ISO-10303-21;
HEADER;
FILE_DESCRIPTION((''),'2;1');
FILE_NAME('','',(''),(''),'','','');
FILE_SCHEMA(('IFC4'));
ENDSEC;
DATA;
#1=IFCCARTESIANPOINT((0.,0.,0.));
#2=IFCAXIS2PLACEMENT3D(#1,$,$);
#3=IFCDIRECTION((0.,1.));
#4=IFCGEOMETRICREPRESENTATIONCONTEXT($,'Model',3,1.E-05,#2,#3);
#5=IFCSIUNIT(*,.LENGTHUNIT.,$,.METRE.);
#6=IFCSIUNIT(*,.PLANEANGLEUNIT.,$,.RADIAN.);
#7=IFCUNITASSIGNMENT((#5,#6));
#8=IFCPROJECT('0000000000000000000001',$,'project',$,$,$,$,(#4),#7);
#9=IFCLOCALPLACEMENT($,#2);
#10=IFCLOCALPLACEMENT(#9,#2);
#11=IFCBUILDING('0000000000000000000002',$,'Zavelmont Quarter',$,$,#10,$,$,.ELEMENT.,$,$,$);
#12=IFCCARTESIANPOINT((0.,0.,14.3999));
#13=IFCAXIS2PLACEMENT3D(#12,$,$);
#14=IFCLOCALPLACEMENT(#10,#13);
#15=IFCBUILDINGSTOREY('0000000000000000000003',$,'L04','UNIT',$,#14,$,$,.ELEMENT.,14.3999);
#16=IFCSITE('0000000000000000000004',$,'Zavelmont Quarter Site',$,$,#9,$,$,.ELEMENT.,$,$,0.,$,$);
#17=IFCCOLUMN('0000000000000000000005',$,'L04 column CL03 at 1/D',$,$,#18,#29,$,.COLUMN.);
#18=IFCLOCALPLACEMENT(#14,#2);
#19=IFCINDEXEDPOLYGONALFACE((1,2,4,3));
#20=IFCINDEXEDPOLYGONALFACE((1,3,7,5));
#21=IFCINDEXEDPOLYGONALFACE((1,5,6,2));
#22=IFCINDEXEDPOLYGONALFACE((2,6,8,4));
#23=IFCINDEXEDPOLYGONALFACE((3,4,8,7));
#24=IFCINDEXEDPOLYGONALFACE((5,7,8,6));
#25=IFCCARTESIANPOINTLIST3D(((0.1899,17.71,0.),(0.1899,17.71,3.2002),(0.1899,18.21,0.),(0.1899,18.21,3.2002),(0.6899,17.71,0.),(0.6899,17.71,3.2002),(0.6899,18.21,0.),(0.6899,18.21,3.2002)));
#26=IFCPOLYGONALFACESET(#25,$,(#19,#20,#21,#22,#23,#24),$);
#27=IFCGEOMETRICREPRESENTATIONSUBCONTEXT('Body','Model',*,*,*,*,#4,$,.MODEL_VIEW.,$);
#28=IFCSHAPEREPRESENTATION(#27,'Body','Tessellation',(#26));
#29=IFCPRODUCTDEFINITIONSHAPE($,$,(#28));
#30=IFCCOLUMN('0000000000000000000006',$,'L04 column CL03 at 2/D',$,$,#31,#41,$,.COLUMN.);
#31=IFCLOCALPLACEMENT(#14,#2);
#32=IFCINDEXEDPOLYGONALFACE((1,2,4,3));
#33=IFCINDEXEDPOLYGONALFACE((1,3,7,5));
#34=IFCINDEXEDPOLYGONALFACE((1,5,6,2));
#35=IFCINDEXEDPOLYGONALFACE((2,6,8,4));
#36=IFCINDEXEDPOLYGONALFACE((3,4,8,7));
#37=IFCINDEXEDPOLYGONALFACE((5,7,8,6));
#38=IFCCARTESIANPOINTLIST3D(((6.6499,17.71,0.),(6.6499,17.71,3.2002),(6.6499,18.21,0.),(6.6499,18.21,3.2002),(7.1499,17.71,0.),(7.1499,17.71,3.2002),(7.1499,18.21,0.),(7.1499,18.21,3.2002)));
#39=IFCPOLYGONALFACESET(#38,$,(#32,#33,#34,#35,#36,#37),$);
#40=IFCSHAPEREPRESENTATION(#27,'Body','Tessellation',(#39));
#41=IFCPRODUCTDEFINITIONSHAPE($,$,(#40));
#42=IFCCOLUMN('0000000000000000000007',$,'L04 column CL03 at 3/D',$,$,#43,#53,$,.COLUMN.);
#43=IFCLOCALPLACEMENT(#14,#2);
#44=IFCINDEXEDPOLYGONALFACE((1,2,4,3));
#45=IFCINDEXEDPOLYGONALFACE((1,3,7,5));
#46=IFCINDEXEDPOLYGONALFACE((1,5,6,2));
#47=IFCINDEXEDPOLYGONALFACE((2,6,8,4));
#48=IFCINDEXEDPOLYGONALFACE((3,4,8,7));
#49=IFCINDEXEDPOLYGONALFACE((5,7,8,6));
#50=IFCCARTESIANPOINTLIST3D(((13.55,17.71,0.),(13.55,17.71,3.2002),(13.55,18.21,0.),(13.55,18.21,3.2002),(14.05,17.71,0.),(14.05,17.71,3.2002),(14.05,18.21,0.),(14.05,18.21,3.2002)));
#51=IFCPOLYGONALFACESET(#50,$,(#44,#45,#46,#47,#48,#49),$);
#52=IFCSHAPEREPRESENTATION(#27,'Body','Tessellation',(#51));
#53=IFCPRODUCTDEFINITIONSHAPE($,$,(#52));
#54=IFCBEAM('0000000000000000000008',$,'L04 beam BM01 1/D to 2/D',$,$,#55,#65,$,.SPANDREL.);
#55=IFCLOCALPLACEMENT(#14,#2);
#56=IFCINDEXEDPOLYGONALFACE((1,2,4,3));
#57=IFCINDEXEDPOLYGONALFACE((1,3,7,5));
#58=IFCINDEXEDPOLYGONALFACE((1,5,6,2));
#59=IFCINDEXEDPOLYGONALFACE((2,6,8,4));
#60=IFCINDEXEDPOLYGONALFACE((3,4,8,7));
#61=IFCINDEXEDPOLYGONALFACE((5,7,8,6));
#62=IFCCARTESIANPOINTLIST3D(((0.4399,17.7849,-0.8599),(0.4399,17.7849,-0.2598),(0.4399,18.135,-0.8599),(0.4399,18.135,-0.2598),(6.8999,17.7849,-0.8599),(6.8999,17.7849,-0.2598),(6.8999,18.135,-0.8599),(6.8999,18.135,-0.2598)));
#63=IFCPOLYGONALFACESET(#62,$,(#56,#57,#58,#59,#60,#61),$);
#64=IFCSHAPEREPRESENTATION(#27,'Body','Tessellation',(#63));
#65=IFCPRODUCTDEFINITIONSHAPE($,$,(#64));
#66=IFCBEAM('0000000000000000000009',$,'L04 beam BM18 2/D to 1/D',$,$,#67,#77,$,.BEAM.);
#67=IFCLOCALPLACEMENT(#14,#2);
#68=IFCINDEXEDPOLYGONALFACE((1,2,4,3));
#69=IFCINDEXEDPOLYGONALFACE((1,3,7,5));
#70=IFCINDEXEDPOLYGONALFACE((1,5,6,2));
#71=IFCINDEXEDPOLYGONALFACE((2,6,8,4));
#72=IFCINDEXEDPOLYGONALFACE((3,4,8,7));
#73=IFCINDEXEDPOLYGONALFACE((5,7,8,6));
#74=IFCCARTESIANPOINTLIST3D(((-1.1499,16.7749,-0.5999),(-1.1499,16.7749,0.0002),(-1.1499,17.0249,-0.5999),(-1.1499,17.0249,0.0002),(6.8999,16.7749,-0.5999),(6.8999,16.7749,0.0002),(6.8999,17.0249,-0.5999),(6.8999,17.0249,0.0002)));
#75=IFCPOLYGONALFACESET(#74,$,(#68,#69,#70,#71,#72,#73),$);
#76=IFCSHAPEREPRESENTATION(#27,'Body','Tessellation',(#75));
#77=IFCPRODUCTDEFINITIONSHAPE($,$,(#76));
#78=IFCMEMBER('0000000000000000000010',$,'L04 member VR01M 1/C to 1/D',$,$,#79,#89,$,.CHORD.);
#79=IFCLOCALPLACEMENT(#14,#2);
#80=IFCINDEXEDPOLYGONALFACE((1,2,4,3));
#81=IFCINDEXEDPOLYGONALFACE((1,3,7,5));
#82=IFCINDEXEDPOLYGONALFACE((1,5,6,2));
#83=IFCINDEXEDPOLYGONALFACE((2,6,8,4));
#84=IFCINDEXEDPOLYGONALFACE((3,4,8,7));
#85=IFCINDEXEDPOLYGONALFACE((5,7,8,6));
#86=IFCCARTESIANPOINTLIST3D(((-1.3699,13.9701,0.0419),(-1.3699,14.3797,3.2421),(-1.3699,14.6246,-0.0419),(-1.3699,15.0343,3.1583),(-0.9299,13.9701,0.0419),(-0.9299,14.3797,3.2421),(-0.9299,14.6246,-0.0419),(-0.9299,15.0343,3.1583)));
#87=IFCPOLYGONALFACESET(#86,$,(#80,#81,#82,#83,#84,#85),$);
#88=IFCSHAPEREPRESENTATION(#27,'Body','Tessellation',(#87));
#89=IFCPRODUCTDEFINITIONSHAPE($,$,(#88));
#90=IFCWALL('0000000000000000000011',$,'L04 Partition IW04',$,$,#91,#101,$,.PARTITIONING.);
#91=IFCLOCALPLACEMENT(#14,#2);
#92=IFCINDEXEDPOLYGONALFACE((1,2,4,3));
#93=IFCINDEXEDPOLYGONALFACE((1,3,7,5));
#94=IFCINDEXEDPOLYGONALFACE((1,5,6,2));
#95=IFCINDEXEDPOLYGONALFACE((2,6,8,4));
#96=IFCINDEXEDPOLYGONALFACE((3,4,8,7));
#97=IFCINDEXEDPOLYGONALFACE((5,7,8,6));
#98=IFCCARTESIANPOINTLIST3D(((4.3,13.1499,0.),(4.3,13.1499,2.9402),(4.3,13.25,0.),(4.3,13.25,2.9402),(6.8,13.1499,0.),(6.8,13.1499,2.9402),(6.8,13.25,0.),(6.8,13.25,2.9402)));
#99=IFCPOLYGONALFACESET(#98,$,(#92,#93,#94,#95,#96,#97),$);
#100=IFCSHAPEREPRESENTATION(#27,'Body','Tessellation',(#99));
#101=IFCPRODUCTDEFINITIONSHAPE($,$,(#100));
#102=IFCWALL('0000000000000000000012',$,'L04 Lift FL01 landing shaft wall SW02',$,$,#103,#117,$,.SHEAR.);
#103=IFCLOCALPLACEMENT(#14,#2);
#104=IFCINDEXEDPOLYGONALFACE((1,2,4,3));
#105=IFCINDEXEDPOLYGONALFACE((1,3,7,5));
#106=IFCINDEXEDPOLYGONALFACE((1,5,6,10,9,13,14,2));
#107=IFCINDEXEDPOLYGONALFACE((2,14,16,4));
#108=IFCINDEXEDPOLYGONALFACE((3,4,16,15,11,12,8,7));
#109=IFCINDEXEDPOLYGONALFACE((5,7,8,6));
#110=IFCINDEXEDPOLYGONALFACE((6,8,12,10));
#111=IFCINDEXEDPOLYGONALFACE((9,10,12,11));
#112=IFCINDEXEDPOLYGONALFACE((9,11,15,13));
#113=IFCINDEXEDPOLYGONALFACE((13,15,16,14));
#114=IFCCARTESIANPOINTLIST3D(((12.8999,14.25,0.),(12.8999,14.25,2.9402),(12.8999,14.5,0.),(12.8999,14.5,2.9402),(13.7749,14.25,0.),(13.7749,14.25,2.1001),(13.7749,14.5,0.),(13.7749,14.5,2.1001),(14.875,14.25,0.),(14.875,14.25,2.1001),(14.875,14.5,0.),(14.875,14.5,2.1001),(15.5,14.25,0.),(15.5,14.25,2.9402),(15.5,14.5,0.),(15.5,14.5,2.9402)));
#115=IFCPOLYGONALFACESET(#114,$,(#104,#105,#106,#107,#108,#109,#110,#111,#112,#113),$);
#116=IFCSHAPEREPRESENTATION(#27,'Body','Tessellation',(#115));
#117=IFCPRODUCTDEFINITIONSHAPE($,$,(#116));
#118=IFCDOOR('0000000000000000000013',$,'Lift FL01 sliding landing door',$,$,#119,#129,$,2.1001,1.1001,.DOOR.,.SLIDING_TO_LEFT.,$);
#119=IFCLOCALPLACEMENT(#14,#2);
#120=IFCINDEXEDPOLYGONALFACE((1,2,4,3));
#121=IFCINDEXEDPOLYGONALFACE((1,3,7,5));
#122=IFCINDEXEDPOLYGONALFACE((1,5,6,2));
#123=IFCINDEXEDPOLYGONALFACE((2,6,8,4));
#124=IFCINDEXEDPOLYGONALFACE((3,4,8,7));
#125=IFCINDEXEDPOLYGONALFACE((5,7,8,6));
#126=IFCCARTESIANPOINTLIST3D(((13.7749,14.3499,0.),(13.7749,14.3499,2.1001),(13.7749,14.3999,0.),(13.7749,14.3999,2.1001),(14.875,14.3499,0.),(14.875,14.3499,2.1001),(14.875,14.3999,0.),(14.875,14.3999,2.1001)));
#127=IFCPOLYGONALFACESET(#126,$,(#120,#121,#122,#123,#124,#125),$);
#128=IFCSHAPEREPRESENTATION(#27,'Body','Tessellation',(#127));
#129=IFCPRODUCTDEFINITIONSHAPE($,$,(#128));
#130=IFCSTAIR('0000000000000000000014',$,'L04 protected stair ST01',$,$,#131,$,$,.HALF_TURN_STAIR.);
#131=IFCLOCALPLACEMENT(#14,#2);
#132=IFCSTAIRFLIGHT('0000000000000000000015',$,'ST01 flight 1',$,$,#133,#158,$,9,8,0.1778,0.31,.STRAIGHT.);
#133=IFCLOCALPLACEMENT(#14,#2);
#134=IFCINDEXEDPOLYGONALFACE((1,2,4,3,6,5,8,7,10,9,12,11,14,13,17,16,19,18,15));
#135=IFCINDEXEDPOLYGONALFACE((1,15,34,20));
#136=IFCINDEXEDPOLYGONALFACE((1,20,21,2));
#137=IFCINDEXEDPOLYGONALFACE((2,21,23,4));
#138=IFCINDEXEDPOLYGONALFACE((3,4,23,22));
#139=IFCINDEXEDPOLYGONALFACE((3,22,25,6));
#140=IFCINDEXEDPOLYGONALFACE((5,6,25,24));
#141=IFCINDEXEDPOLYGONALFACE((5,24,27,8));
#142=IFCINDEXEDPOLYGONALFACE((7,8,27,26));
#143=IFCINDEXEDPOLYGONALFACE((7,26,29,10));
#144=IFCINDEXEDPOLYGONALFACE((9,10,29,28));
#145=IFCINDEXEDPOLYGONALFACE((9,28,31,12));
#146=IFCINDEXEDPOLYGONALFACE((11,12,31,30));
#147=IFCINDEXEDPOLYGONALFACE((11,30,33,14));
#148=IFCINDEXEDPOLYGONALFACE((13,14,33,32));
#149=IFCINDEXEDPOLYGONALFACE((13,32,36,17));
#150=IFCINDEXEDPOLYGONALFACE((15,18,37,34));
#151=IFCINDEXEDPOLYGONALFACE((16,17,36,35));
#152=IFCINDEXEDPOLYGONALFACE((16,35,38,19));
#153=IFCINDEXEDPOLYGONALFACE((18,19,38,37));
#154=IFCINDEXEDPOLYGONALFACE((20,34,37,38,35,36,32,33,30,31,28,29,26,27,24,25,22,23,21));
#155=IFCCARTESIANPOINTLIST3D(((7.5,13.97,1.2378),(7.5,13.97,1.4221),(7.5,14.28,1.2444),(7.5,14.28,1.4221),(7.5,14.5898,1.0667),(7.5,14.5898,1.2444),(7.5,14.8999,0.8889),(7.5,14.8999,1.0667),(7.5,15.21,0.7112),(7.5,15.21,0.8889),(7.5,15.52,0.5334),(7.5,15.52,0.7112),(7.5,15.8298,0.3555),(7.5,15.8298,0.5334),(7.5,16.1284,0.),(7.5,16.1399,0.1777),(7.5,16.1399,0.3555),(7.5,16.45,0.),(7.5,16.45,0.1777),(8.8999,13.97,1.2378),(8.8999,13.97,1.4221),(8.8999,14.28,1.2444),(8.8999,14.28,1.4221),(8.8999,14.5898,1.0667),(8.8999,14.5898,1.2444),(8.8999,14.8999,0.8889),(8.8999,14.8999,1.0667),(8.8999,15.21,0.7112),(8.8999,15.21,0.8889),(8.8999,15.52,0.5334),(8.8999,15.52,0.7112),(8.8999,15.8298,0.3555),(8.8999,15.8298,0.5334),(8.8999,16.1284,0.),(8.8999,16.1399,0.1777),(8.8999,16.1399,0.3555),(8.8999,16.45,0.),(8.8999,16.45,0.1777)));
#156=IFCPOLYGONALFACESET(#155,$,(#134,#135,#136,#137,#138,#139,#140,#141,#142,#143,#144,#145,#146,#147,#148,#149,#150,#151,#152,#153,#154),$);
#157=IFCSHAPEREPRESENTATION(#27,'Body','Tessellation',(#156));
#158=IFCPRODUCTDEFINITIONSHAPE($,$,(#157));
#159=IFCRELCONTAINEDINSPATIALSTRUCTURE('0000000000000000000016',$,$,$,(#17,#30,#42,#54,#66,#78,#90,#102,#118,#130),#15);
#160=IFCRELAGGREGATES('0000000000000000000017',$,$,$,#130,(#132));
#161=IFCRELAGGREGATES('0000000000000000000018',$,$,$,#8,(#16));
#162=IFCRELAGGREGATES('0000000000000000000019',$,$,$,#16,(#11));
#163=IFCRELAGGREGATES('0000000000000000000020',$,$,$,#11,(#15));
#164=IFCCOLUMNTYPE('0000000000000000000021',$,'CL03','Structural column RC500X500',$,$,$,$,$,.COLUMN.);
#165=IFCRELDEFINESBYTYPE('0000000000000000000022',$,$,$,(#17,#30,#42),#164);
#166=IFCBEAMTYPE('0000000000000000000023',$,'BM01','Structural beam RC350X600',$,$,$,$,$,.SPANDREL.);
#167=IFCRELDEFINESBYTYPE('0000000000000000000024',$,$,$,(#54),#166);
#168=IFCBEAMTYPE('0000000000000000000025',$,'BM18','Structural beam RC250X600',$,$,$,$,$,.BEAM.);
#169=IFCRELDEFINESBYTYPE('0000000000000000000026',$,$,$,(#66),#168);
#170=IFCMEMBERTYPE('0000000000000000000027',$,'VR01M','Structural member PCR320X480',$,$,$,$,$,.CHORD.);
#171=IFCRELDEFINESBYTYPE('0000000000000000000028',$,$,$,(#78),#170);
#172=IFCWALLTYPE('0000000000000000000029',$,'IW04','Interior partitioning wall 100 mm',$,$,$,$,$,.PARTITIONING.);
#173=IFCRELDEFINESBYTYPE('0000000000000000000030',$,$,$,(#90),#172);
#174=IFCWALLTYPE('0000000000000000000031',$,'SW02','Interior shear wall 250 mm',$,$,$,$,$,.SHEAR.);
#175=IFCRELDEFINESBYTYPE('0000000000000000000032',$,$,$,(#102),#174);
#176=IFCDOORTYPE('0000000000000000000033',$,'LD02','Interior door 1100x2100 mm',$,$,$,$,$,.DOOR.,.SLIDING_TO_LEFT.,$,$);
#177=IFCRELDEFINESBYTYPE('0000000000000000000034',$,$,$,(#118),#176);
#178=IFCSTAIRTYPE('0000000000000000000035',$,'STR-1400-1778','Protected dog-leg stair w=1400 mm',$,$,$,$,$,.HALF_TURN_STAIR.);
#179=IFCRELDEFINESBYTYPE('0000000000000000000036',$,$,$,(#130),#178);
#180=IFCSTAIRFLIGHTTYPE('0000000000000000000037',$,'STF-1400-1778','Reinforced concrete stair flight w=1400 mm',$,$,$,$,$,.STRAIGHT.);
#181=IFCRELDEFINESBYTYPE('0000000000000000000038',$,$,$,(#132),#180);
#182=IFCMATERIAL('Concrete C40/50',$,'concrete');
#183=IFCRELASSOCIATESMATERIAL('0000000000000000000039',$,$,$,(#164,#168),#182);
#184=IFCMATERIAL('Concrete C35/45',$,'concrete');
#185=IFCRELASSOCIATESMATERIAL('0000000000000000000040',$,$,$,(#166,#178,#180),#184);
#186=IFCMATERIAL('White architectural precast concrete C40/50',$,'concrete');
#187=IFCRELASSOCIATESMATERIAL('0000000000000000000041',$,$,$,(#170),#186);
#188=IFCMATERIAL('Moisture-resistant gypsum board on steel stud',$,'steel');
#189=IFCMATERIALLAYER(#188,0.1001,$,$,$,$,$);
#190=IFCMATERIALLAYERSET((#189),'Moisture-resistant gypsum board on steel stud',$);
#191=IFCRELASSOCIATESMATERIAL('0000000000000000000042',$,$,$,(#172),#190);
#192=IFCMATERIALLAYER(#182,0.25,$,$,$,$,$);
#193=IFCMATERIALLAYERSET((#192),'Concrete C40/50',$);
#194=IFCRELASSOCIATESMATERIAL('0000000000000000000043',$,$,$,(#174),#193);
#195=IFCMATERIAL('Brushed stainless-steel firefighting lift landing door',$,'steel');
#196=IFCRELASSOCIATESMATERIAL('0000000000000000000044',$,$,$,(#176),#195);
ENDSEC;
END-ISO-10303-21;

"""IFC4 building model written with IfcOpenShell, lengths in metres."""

from ifc_helpers import new_model, si_unit, direction, frame, frame_2d, origin, origin_with_axes, origin_2d, place, context, subcontext, project, spatial, polyline, rectangle, outline, extrude, material, layer, layer_set, material_profile, profile_set, type_object, element, fill, aggregate, save


model = new_model("IFC4")

# Units and contexts
model_context = context("Model", 3, precision=1e-05, world=origin(), true_north=direction((0.0, 1.0)))
body_context = subcontext(model_context, "Body", "Model", "MODEL_VIEW")
ifc_project = project(units=[si_unit("LENGTHUNIT", "METRE"), si_unit("PLANEANGLEUNIT", "RADIAN")], contexts=[model_context])

# Site, building, storey
site_placement = place(None, origin())
site = spatial("IfcSite", under=ifc_project, at=site_placement, Name="Zavelmont Quarter Site", CompositionType="ELEMENT", RefElevation=0.0)
building_placement = place(site_placement, origin())
building = spatial("IfcBuilding", under=site, at=building_placement, Name="Zavelmont Quarter", CompositionType="ELEMENT")
storey_placement = place(building_placement, frame((0.0, 0.0, 14.3999)))
storey = spatial("IfcBuildingStorey", under=building, at=storey_placement, Name="L04", Description="UNIT", CompositionType="ELEMENT", Elevation=14.3999)

# Columns
ifc_material_1 = material(Name="Concrete C40/50", Category="concrete")
ifc_material_profile_1 = material_profile(ifc_material_1, rectangle(XDim=0.5, YDim=0.5, at=origin_2d()), Name="RC500X500")
ifc_profile_set_1 = profile_set([ifc_material_profile_1], Name="Concrete C40/50")
column_type = type_object("IfcColumnType", Name="CL03", Description="Structural column RC500X500", PredefinedType="COLUMN", material=ifc_profile_set_1)
for number, where, z_axis, x_axis, name in (
    (1, (0.4399, 17.96, 0.0), (0.0, 0.0, 1.0), (1.0, 0.0, 0.0), "L04 column CL03 at 1/D"),
    (2, (6.8999, 17.96, 0.0), (0.0, 0.0, 1.0), (1.0, 0.0, 0.0), "L04 column CL03 at 2/D"),
    (3, (13.8, 17.96, 0.0), (0.0, 0.0, 1.0), (1.0, 0.0, 0.0), "L04 column CL03 at 3/D"),
):
    element("IfcColumn", number, at=place(storey_placement, frame(where, z_axis=z_axis, x_axis=x_axis)), inside=storey, type_object=column_type, Name=name, PredefinedType="COLUMN", context=body_context, shape_type="SweptSolid", body=[
        extrude(rectangle(XDim=0.5, YDim=0.5, at=origin_2d()), origin(), (0.0, 0.0, 1.0), 3.2002),
    ])

# Beams
ifc_material_2 = material(Name="Concrete C35/45", Category="concrete")
ifc_material_profile_2 = material_profile(ifc_material_2, rectangle(XDim=0.3501, YDim=0.6001, at=origin_2d()), Name="RC350X600")
ifc_profile_set_2 = profile_set([ifc_material_profile_2], Name="Concrete C35/45")
beam_type_1 = type_object("IfcBeamType", Name="BM01", Description="Structural beam RC350X600", PredefinedType="SPANDREL", material=ifc_profile_set_2)
beam_1_placement = place(storey_placement, frame((0.4399, 17.96, -0.5598), z_axis=(1.0, 0.0, 0.0), x_axis=(0.0, 1.0, 0.0)))
element("IfcBeam", 4, at=beam_1_placement, inside=storey, type_object=beam_type_1, Name="L04 beam BM01 1/D to 2/D", PredefinedType="SPANDREL", context=body_context, shape_type="SweptSolid", body=[
    extrude(rectangle(XDim=0.3501, YDim=0.6001, at=origin_2d()), origin(), (0.0, 0.0, 1.0), 6.46),
])
ifc_material_profile_3 = material_profile(ifc_material_1, rectangle(XDim=0.25, YDim=0.6001, at=origin_2d()), Name="RC250X600")
ifc_profile_set_3 = profile_set([ifc_material_profile_3], Name="Concrete C40/50")
beam_type_2 = type_object("IfcBeamType", Name="BM18", Description="Structural beam RC250X600", PredefinedType="BEAM", material=ifc_profile_set_3)
beam_2_placement = place(storey_placement, frame((6.8999, 16.8999, -0.2998), z_axis=(-1.0, 0.0, 0.0), x_axis=(0.0, -1.0, 0.0)))
element("IfcBeam", 5, at=beam_2_placement, inside=storey, type_object=beam_type_2, Name="L04 beam BM18 2/D to 1/D", PredefinedType="BEAM", context=body_context, shape_type="SweptSolid", body=[
    extrude(rectangle(XDim=0.25, YDim=0.6001, at=origin_2d()), origin(), (0.0, 0.0, 1.0), 8.0498),
])

# Member
ifc_material_3 = material(Name="White architectural precast concrete C40/50", Category="concrete")
ifc_material_profile_4 = material_profile(ifc_material_3, rectangle(XDim=0.4399, YDim=0.6599, at=origin_2d()), Name="PCR320X480")
ifc_profile_set_4 = profile_set([ifc_material_profile_4], Name="White architectural precast concrete C40/50")
member_type = type_object("IfcMemberType", Name="VR01M", Description="Structural member PCR320X480", PredefinedType="CHORD", material=ifc_profile_set_4)
member_placement = place(storey_placement, frame((-1.1499, 14.2974, 0.0), z_axis=(0.0, 0.126977, 0.991906), x_axis=(-1.0, 0.0, 0.0)))
element("IfcMember", 6, at=member_placement, inside=storey, type_object=member_type, Name="L04 member VR01M 1/C to 1/D", PredefinedType="CHORD", context=body_context, shape_type="SweptSolid", body=[
    extrude(rectangle(XDim=0.4399, YDim=0.6599, at=origin_2d()), origin(), (0.0, 0.0, 1.0), 3.2263),
])

# Wall
ifc_material_4 = material(Name="Moisture-resistant gypsum board on steel stud", Category="steel")
ifc_layer_1 = layer(ifc_material_4, 0.1001)
ifc_layer_set_1 = layer_set([ifc_layer_1], Name="Moisture-resistant gypsum board on steel stud")
wall_type_1 = type_object("IfcWallType", Name="IW04", Description="Interior partitioning wall 100 mm", PredefinedType="PARTITIONING", material=ifc_layer_set_1)
wall_1_placement = place(storey_placement, frame((4.3, 13.2, 0.0), z_axis=(0.0, 0.0, 1.0), x_axis=(1.0, 0.0, 0.0)))
element("IfcWall", 7, at=wall_1_placement, inside=storey, type_object=wall_type_1, Name="L04 Partition IW04", PredefinedType="PARTITIONING", context=body_context, shape_type="SweptSolid", body=[
    extrude(rectangle(XDim=2.5, YDim=0.1001, at=frame_2d((1.25, 0.0))), origin(), (0.0, 0.0, 1.0), 2.9402),
])

# Wall, opening, door
ifc_layer_2 = layer(ifc_material_1, 0.25)
ifc_layer_set_2 = layer_set([ifc_layer_2], Name="Concrete C40/50")
wall_type_2 = type_object("IfcWallType", Name="SW02", Description="Interior shear wall 250 mm", PredefinedType="SHEAR", material=ifc_layer_set_2)
wall_2_placement = place(storey_placement, frame((12.8999, 14.375, 0.0), z_axis=(0.0, 0.0, 1.0), x_axis=(1.0, 0.0, 0.0)))
wall_2 = element("IfcWall", 8, at=wall_2_placement, inside=storey, type_object=wall_type_2, Name="L04 Lift FL01 landing shaft wall SW02", PredefinedType="SHEAR", context=body_context, shape_type="SweptSolid", body=[
    extrude(rectangle(XDim=2.6001, YDim=0.25, at=frame_2d((1.3, 0.0))), origin(), (0.0, 0.0, 1.0), 2.9402),
])
opening_1_placement = place(wall_2_placement, frame((0.875, 0.0, 0.0)))
opening_1 = element("IfcOpeningElement", 9, at=opening_1_placement, cuts=wall_2, PredefinedType="OPENING", context=body_context, shape_type="SweptSolid", body=[
    extrude(rectangle(XDim=1.1001, YDim=2.1001, at=frame_2d((0.55, 1.05))), frame((0.0, 0.137, 0.0), z_axis=(0.0, -1.0, 0.0), x_axis=(1.0, 0.0, 0.0)), (0.0, 0.0, 1.0), 0.2739),
])
ifc_material_5 = material(Name="Brushed stainless-steel firefighting lift landing door", Category="steel")
door_type_1 = type_object("IfcDoorType", Name="LD02", Description="Interior door 1100x2100 mm", OperationType="SLIDING_TO_LEFT", PredefinedType="DOOR", material=ifc_material_5)
door_1_placement = place(opening_1_placement, origin_with_axes())
door_1 = element("IfcDoor", 10, at=door_1_placement, inside=storey, type_object=door_type_1, Name="Lift FL01 sliding landing door", OperationType="SLIDING_TO_LEFT", OverallHeight=2.1001, OverallWidth=1.1001, PredefinedType="DOOR", context=body_context, shape_type="SweptSolid", body=[
    extrude(rectangle(XDim=1.1001, YDim=2.1001, at=frame_2d((0.55, 1.05))), frame((0.0, 0.0249, 0.0), z_axis=(0.0, -1.0, 0.0), x_axis=(1.0, 0.0, 0.0)), (0.0, 0.0, 1.0), 0.05),
])
fill(opening_1, door_1)

# Stair, stair flight
stair_type = type_object("IfcStairType", Name="STR-1400-1778", Description="Protected dog-leg stair w=1400 mm", PredefinedType="HALF_TURN_STAIR", material=ifc_material_2)
stair_placement = place(storey_placement, origin())
stair = element("IfcStair", 11, at=stair_placement, inside=storey, type_object=stair_type, Name="L04 protected stair ST01", PredefinedType="HALF_TURN_STAIR")
stair_flight_type = type_object("IfcStairFlightType", Name="STF-1400-1778", Description="Reinforced concrete stair flight w=1400 mm", PredefinedType="STRAIGHT", material=ifc_material_2)
stair_flight_1_placement = place(storey_placement, frame((8.2, 16.45, 0.0), z_axis=(0.0, 0.0, 1.0), x_axis=(0.0, -1.0, 0.0)))
stair_flight_1 = element("IfcStairFlight", 12, at=stair_flight_1_placement, type_object=stair_flight_type, Name="ST01 flight 1", NumberOfRisers=9, NumberOfTreads=8, PredefinedType="STRAIGHT", RiserHeight=0.1778, TreadLength=0.31, context=body_context, shape_type="SweptSolid", body=[
    extrude(outline(polyline([(0.0, 0.0), (0.0, 0.1777), (0.3101, 0.1777), (0.3101, 0.3555), (0.6201, 0.3555), (0.6201, 0.5334), (0.9299, 0.5334), (0.9299, 0.7112), (1.24, 0.7112), (1.24, 0.8889), (1.55, 0.8889), (1.55, 1.0667), (1.8601, 1.0667), (1.8601, 1.2444), (2.1699, 1.2444), (2.1699, 1.4221), (2.48, 1.4221), (2.48, 1.6001), (2.48, 1.2378), (0.3215, 0.0), (0.0, 0.0)])), frame((0.0, 0.7, 0.0), z_axis=(0.0, -1.0, 0.0), x_axis=(1.0, 0.0, 0.0)), (0.0, 0.0, 1.0), 1.3999),
])
aggregate(stair, [stair_flight_1])

save(model, "model.ifc")
